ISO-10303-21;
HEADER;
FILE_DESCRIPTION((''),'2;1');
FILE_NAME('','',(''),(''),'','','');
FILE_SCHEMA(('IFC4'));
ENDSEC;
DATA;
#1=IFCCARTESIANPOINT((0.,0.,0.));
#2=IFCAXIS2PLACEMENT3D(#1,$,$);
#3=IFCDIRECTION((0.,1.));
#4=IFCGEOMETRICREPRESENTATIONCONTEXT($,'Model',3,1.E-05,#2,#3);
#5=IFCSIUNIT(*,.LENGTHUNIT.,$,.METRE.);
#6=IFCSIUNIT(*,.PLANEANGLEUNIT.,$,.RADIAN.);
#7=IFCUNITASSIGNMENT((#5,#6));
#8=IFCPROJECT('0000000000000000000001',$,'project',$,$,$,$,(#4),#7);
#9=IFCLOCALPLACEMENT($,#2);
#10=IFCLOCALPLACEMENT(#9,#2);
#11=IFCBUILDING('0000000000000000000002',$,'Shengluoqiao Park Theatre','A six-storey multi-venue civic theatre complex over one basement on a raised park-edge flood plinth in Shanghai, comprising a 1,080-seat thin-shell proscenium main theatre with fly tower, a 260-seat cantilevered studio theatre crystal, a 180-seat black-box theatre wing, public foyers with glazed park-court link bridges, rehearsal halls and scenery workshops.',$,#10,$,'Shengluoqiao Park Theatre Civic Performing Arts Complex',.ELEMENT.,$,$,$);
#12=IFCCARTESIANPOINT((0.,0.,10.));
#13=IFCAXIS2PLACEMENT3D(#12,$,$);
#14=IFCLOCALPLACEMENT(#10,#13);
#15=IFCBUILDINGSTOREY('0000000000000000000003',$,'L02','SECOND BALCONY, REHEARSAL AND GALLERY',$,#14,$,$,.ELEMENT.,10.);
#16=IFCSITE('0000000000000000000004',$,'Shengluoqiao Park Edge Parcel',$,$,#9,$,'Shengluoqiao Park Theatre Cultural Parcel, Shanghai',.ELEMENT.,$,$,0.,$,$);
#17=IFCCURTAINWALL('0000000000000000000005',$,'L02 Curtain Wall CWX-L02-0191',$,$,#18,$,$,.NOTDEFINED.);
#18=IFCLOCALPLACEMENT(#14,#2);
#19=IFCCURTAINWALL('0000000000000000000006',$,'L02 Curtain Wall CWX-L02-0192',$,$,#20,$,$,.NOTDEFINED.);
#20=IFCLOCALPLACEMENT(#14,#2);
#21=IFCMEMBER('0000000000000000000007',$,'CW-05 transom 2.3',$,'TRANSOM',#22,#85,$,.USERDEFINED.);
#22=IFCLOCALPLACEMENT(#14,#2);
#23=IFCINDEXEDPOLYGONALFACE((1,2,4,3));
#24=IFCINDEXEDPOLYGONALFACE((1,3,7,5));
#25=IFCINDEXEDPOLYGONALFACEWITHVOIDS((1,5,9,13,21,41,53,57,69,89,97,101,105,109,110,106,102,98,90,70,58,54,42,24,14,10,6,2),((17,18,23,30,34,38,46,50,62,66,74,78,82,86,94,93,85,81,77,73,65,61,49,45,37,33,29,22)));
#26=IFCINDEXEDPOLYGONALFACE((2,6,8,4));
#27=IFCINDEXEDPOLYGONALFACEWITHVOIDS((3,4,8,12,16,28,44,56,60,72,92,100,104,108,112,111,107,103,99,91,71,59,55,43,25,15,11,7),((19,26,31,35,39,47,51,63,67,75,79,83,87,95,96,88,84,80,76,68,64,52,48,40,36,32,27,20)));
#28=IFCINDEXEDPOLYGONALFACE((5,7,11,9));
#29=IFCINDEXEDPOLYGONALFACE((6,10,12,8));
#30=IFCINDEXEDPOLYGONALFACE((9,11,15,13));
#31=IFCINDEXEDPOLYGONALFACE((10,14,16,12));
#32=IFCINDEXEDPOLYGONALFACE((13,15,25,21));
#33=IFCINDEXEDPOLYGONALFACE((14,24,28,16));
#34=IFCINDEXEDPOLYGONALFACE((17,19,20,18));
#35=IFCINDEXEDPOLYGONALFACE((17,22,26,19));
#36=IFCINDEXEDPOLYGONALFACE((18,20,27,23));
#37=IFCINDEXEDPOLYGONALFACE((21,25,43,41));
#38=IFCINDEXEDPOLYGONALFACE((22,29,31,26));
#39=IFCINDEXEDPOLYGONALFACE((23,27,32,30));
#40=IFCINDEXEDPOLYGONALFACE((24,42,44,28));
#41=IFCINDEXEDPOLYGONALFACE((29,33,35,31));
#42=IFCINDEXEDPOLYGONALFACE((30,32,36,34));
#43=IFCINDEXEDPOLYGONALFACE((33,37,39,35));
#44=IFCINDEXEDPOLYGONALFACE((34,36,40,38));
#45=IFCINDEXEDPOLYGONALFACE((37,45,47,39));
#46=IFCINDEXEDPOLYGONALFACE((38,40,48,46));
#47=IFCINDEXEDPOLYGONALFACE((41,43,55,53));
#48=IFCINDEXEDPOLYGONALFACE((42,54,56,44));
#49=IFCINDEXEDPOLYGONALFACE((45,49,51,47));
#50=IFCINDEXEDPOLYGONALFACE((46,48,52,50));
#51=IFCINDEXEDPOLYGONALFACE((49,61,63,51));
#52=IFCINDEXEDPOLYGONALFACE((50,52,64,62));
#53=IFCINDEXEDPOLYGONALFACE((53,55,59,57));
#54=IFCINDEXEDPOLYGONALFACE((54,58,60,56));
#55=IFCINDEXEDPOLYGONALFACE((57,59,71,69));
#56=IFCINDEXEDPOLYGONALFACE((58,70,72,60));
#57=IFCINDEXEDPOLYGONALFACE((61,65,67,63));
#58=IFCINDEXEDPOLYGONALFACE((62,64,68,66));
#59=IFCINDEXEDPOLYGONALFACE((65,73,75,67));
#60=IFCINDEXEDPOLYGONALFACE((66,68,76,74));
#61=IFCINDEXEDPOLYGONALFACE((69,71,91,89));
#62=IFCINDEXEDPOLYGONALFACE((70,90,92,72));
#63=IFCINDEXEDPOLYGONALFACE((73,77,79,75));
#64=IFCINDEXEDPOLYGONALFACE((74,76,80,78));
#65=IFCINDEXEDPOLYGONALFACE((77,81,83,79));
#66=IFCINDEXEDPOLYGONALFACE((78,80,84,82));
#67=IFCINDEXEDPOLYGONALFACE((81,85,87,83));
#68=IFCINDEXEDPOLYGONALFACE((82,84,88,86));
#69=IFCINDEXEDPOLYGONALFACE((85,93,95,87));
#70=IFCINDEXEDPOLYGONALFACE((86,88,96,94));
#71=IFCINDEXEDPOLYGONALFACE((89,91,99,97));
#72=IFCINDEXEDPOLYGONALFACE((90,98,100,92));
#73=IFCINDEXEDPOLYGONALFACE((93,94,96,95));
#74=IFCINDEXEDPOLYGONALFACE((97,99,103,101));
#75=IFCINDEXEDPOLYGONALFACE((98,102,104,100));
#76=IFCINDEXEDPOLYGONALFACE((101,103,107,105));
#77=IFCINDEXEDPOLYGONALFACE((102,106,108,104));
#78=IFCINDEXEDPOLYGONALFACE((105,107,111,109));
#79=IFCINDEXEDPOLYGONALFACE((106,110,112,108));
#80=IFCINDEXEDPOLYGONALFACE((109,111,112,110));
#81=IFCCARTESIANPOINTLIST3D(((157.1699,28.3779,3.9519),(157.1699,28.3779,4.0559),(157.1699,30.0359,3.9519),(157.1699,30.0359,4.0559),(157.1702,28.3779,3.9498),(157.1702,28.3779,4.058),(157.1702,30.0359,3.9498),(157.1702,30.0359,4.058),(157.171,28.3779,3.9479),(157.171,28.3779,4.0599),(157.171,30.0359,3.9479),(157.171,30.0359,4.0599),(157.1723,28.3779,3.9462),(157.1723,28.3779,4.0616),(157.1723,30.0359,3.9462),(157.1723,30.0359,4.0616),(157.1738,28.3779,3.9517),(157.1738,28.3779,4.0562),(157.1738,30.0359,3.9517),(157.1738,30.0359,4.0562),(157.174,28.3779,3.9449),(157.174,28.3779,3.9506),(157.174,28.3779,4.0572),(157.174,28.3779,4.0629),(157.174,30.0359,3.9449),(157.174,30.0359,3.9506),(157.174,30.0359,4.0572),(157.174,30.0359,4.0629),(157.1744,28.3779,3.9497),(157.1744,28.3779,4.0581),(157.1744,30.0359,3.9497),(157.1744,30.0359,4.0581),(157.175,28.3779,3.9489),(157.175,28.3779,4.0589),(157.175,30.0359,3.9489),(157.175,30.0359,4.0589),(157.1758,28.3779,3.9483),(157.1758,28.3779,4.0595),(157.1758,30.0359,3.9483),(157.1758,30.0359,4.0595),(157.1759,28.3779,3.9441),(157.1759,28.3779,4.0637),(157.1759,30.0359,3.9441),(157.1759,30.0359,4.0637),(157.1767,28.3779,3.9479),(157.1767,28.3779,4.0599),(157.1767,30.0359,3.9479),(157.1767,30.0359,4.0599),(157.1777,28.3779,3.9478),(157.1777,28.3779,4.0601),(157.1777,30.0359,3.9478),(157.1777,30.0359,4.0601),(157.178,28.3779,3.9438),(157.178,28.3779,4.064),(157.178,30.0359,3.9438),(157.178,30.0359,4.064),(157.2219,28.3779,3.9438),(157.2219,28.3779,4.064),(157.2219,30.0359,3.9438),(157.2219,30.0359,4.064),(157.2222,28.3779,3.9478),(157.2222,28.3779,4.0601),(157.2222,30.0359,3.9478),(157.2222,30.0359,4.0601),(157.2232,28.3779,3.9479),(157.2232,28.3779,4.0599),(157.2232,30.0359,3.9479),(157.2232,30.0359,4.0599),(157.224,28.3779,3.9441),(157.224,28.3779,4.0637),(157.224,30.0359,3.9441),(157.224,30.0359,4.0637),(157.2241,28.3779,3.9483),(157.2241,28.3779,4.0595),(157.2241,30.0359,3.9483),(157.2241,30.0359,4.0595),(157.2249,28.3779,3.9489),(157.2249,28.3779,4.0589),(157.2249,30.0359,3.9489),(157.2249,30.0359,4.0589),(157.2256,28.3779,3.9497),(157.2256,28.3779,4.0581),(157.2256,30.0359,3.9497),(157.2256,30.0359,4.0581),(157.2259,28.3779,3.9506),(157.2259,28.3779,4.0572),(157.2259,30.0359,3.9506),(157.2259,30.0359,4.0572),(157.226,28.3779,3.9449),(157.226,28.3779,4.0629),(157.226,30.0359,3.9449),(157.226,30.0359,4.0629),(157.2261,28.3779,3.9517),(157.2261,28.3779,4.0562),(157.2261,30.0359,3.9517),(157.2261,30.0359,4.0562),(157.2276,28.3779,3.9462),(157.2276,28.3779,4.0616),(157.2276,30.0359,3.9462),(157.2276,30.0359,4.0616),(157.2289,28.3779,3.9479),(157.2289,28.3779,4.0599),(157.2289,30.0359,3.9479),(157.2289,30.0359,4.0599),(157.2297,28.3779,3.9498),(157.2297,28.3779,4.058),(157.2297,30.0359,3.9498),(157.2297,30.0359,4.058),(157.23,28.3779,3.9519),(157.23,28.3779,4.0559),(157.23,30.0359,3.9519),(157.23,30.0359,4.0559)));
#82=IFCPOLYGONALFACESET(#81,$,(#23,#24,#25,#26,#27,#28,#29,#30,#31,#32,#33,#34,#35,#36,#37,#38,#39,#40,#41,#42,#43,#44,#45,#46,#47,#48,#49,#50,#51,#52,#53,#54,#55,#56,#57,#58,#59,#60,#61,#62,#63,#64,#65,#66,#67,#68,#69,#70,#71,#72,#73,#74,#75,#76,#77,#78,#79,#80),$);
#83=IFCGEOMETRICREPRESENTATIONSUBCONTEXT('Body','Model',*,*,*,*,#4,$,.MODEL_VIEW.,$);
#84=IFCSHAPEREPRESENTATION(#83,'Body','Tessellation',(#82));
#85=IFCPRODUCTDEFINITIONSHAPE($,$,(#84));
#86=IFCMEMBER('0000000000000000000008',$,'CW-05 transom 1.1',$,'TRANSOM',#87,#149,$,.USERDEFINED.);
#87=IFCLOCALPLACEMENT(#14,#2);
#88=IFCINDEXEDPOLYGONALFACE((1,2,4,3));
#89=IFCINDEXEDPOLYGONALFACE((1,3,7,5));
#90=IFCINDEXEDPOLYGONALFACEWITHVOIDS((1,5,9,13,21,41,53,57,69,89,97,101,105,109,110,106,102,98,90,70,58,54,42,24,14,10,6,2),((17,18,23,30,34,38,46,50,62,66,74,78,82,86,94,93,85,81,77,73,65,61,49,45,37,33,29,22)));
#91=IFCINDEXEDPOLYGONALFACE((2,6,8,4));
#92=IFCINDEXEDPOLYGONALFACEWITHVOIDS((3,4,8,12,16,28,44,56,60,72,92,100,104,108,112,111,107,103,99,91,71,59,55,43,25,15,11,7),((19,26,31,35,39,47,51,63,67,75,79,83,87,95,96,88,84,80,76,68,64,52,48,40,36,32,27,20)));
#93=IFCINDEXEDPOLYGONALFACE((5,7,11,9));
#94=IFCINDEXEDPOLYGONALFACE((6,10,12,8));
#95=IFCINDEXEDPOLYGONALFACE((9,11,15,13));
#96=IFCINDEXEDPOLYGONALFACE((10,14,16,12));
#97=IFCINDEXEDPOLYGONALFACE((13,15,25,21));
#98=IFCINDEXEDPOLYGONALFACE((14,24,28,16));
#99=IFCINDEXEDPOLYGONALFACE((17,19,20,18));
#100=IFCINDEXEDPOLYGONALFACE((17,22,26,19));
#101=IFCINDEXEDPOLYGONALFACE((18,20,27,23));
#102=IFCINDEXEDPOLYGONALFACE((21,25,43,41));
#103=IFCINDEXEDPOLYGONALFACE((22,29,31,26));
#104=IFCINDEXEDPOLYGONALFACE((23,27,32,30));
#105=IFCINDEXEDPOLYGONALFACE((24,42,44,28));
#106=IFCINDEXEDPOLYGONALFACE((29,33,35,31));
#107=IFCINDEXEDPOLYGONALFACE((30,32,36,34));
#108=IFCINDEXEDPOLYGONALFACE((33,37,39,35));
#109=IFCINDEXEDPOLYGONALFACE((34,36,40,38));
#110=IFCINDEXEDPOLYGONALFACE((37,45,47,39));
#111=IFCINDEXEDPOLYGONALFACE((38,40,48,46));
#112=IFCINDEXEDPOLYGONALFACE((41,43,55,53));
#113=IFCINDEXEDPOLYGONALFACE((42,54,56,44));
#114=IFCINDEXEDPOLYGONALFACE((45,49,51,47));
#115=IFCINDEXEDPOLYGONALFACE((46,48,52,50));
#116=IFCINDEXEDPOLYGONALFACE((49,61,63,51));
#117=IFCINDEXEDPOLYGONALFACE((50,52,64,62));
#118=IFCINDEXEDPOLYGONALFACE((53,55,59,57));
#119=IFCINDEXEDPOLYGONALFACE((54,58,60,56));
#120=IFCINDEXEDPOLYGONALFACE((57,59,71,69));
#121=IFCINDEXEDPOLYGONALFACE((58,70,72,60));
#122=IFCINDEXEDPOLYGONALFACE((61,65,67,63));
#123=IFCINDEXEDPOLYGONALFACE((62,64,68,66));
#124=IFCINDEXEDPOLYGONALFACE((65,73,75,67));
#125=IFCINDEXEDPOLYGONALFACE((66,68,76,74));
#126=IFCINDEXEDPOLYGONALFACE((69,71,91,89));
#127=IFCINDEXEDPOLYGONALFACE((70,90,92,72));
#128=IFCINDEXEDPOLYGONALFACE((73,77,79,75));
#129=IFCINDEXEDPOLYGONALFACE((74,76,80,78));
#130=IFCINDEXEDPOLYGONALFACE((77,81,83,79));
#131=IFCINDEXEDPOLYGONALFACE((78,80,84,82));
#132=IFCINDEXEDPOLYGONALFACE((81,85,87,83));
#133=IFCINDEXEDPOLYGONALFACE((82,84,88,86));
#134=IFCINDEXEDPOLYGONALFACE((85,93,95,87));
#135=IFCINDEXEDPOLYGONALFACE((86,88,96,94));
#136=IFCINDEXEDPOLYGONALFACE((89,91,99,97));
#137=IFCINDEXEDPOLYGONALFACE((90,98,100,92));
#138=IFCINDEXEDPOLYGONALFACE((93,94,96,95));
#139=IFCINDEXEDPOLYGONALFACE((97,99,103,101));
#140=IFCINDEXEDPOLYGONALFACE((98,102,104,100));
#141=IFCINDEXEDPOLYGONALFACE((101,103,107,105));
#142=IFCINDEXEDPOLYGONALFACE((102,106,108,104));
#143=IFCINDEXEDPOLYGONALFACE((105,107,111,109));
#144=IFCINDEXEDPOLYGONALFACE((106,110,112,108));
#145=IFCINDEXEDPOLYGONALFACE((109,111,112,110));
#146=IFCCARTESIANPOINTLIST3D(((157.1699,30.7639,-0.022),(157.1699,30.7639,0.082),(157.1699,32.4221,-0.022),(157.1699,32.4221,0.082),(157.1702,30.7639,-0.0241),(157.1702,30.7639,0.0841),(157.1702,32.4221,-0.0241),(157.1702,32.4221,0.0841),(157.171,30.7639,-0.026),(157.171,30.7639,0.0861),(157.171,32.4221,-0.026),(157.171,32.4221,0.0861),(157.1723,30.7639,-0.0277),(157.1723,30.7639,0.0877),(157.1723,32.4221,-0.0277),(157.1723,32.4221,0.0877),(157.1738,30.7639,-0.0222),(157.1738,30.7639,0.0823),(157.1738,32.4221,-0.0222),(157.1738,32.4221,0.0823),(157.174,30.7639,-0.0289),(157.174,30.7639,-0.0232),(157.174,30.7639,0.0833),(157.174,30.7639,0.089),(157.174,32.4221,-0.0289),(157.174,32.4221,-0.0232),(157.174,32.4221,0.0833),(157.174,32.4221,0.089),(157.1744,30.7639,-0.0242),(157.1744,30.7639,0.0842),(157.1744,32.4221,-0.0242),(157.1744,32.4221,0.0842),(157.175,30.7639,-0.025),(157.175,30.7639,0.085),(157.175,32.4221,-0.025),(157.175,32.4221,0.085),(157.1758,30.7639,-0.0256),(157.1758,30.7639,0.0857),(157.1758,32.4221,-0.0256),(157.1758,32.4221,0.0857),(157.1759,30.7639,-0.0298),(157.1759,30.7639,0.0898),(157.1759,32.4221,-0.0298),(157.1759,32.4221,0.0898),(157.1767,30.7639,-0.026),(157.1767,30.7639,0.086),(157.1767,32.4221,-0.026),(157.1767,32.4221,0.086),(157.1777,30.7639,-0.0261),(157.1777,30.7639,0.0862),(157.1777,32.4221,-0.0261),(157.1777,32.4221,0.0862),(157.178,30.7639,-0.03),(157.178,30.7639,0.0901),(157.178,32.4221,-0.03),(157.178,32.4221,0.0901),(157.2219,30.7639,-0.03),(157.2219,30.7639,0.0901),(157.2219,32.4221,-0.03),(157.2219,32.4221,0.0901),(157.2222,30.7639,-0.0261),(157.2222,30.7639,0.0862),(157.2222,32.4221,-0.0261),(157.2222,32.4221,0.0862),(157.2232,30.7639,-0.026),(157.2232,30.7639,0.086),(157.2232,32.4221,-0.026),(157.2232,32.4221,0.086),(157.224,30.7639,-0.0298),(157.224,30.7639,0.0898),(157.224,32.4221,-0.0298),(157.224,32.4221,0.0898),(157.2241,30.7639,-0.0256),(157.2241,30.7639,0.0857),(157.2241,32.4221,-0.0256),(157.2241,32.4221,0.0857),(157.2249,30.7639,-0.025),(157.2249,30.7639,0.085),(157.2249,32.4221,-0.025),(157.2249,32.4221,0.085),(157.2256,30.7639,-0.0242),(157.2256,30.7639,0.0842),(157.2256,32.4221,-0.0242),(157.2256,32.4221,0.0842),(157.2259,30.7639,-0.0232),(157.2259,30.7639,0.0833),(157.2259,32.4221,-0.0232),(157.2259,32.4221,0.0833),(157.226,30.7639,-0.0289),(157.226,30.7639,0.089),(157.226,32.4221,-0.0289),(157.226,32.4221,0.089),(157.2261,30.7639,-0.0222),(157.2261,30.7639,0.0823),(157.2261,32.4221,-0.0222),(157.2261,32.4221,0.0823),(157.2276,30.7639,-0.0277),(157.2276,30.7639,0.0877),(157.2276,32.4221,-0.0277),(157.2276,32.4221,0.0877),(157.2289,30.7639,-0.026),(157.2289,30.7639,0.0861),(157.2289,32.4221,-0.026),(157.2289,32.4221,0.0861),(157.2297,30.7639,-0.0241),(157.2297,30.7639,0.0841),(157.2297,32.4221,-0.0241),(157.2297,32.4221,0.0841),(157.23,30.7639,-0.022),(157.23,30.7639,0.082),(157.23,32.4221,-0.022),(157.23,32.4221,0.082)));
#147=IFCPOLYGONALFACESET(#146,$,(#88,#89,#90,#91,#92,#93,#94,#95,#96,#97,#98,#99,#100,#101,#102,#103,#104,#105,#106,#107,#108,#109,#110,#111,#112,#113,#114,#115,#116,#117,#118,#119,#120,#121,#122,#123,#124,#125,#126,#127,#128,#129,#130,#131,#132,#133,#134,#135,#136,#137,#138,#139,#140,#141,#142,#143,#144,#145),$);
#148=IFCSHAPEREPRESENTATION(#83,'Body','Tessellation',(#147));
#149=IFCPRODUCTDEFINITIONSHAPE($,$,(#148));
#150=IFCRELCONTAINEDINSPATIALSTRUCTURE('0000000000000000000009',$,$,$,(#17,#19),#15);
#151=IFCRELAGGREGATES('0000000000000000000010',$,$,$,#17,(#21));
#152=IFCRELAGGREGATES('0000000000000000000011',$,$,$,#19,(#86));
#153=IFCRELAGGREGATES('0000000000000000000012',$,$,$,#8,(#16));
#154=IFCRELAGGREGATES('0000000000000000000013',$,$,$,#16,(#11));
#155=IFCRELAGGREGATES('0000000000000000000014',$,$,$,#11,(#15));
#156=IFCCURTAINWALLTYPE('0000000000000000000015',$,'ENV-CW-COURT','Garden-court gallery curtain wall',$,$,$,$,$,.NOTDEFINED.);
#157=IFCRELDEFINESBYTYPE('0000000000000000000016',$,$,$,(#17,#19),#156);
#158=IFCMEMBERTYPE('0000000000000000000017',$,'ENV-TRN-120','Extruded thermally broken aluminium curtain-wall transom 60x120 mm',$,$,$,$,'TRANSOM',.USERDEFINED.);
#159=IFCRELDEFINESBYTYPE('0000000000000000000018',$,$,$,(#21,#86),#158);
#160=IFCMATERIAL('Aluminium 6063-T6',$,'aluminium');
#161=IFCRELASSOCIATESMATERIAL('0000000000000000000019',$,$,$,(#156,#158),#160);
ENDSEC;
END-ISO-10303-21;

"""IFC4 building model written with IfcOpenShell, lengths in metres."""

from ifc_helpers import new_model, si_unit, direction, frame, origin, origin_2d, place, context, subcontext, project, spatial, hollow_rectangle, extrude, material, material_profile, profile_set, type_object, element, aggregate, save


model = new_model("IFC4")

# Units and contexts
model_context = context("Model", 3, precision=1e-05, world=origin(), true_north=direction((0.0, 1.0)))
body_context = subcontext(model_context, "Body", "Model", "MODEL_VIEW")
ifc_project = project(units=[si_unit("LENGTHUNIT", "METRE"), si_unit("PLANEANGLEUNIT", "RADIAN")], contexts=[model_context])

# Site, building, storey
site_placement = place(None, origin())
site = spatial("IfcSite", under=ifc_project, at=site_placement, Name="Shengluoqiao Park Edge Parcel", LongName="Shengluoqiao Park Theatre Cultural Parcel, Shanghai", CompositionType="ELEMENT", RefElevation=0.0)
building_placement = place(site_placement, origin())
building = spatial("IfcBuilding", under=site, at=building_placement, Name="Shengluoqiao Park Theatre", Description="A six-storey multi-venue civic theatre complex over one basement on a raised park-edge flood plinth in Shanghai, comprising a 1,080-seat thin-shell proscenium main theatre with fly tower, a 260-seat cantilevered studio theatre crystal, a 180-seat black-box theatre wing, public foyers with glazed park-court link bridges, rehearsal halls and scenery workshops.", LongName="Shengluoqiao Park Theatre Civic Performing Arts Complex", CompositionType="ELEMENT")
storey_placement = place(building_placement, frame((0.0, 0.0, 10.0)))
storey = spatial("IfcBuildingStorey", under=building, at=storey_placement, Name="L02", Description="SECOND BALCONY, REHEARSAL AND GALLERY", CompositionType="ELEMENT", Elevation=10.0)

# Curtain walls
ifc_material_1 = material(Name="Aluminium 6063-T6", Category="aluminium")
curtain_wall_type = type_object("IfcCurtainWallType", Name="ENV-CW-COURT", Description="Garden-court gallery curtain wall", PredefinedType="NOTDEFINED", material=ifc_material_1)
curtain_wall_1_placement = place(storey_placement, origin())
curtain_wall_1 = element("IfcCurtainWall", 1, at=curtain_wall_1_placement, inside=storey, type_object=curtain_wall_type, Name="L02 Curtain Wall CWX-L02-0191", PredefinedType="NOTDEFINED")
curtain_wall_2_placement = place(storey_placement, origin())
curtain_wall_2 = element("IfcCurtainWall", 2, at=curtain_wall_2_placement, inside=storey, type_object=curtain_wall_type, Name="L02 Curtain Wall CWX-L02-0192", PredefinedType="NOTDEFINED")

# Members
ifc_material_profile_1 = material_profile(ifc_material_1, hollow_rectangle(XDim=0.0601, YDim=0.1201, WallThickness=0.0039, InnerFilletRadius=0.0039, OuterFilletRadius=0.0081, at=origin_2d()), Name="ALU TRANSOM 120x60x4")
ifc_profile_set_1 = profile_set([ifc_material_profile_1], Name="Aluminium 6063-T6")
member_type_1 = type_object("IfcMemberType", Name="ENV-TRN-120", Description="Extruded thermally broken aluminium curtain-wall transom 60x120 mm", ElementType="TRANSOM", PredefinedType="USERDEFINED", material=ifc_profile_set_1)
member_1_placement = place(storey_placement, frame((157.2, 28.3779, 4.0039), z_axis=(0.0, 1.0, 0.0), x_axis=(-1.0, 0.0, 0.0)))
member_1 = element("IfcMember", 3, at=member_1_placement, type_object=member_type_1, Name="CW-05 transom 2.3", ObjectType="TRANSOM", PredefinedType="USERDEFINED", context=body_context, shape_type="SweptSolid", body=[
    extrude(hollow_rectangle(XDim=0.0601, YDim=0.1201, WallThickness=0.0039, InnerFilletRadius=0.0039, OuterFilletRadius=0.0081, at=origin_2d()), origin(), (0.0, 0.0, 1.0), 1.658),
])
member_2_placement = place(storey_placement, frame((157.2, 30.7639, 0.03), z_axis=(0.0, 1.0, 0.0), x_axis=(-1.0, 0.0, 0.0)))
member_2 = element("IfcMember", 4, at=member_2_placement, type_object=member_type_1, Name="CW-05 transom 1.1", ObjectType="TRANSOM", PredefinedType="USERDEFINED", context=body_context, shape_type="SweptSolid", body=[
    extrude(hollow_rectangle(XDim=0.0601, YDim=0.1201, WallThickness=0.0039, InnerFilletRadius=0.0039, OuterFilletRadius=0.0081, at=origin_2d()), origin(), (0.0, 0.0, 1.0), 1.6582),
])

aggregate(curtain_wall_1, [member_1])
aggregate(curtain_wall_2, [member_2])

save(model, "model.ifc")
